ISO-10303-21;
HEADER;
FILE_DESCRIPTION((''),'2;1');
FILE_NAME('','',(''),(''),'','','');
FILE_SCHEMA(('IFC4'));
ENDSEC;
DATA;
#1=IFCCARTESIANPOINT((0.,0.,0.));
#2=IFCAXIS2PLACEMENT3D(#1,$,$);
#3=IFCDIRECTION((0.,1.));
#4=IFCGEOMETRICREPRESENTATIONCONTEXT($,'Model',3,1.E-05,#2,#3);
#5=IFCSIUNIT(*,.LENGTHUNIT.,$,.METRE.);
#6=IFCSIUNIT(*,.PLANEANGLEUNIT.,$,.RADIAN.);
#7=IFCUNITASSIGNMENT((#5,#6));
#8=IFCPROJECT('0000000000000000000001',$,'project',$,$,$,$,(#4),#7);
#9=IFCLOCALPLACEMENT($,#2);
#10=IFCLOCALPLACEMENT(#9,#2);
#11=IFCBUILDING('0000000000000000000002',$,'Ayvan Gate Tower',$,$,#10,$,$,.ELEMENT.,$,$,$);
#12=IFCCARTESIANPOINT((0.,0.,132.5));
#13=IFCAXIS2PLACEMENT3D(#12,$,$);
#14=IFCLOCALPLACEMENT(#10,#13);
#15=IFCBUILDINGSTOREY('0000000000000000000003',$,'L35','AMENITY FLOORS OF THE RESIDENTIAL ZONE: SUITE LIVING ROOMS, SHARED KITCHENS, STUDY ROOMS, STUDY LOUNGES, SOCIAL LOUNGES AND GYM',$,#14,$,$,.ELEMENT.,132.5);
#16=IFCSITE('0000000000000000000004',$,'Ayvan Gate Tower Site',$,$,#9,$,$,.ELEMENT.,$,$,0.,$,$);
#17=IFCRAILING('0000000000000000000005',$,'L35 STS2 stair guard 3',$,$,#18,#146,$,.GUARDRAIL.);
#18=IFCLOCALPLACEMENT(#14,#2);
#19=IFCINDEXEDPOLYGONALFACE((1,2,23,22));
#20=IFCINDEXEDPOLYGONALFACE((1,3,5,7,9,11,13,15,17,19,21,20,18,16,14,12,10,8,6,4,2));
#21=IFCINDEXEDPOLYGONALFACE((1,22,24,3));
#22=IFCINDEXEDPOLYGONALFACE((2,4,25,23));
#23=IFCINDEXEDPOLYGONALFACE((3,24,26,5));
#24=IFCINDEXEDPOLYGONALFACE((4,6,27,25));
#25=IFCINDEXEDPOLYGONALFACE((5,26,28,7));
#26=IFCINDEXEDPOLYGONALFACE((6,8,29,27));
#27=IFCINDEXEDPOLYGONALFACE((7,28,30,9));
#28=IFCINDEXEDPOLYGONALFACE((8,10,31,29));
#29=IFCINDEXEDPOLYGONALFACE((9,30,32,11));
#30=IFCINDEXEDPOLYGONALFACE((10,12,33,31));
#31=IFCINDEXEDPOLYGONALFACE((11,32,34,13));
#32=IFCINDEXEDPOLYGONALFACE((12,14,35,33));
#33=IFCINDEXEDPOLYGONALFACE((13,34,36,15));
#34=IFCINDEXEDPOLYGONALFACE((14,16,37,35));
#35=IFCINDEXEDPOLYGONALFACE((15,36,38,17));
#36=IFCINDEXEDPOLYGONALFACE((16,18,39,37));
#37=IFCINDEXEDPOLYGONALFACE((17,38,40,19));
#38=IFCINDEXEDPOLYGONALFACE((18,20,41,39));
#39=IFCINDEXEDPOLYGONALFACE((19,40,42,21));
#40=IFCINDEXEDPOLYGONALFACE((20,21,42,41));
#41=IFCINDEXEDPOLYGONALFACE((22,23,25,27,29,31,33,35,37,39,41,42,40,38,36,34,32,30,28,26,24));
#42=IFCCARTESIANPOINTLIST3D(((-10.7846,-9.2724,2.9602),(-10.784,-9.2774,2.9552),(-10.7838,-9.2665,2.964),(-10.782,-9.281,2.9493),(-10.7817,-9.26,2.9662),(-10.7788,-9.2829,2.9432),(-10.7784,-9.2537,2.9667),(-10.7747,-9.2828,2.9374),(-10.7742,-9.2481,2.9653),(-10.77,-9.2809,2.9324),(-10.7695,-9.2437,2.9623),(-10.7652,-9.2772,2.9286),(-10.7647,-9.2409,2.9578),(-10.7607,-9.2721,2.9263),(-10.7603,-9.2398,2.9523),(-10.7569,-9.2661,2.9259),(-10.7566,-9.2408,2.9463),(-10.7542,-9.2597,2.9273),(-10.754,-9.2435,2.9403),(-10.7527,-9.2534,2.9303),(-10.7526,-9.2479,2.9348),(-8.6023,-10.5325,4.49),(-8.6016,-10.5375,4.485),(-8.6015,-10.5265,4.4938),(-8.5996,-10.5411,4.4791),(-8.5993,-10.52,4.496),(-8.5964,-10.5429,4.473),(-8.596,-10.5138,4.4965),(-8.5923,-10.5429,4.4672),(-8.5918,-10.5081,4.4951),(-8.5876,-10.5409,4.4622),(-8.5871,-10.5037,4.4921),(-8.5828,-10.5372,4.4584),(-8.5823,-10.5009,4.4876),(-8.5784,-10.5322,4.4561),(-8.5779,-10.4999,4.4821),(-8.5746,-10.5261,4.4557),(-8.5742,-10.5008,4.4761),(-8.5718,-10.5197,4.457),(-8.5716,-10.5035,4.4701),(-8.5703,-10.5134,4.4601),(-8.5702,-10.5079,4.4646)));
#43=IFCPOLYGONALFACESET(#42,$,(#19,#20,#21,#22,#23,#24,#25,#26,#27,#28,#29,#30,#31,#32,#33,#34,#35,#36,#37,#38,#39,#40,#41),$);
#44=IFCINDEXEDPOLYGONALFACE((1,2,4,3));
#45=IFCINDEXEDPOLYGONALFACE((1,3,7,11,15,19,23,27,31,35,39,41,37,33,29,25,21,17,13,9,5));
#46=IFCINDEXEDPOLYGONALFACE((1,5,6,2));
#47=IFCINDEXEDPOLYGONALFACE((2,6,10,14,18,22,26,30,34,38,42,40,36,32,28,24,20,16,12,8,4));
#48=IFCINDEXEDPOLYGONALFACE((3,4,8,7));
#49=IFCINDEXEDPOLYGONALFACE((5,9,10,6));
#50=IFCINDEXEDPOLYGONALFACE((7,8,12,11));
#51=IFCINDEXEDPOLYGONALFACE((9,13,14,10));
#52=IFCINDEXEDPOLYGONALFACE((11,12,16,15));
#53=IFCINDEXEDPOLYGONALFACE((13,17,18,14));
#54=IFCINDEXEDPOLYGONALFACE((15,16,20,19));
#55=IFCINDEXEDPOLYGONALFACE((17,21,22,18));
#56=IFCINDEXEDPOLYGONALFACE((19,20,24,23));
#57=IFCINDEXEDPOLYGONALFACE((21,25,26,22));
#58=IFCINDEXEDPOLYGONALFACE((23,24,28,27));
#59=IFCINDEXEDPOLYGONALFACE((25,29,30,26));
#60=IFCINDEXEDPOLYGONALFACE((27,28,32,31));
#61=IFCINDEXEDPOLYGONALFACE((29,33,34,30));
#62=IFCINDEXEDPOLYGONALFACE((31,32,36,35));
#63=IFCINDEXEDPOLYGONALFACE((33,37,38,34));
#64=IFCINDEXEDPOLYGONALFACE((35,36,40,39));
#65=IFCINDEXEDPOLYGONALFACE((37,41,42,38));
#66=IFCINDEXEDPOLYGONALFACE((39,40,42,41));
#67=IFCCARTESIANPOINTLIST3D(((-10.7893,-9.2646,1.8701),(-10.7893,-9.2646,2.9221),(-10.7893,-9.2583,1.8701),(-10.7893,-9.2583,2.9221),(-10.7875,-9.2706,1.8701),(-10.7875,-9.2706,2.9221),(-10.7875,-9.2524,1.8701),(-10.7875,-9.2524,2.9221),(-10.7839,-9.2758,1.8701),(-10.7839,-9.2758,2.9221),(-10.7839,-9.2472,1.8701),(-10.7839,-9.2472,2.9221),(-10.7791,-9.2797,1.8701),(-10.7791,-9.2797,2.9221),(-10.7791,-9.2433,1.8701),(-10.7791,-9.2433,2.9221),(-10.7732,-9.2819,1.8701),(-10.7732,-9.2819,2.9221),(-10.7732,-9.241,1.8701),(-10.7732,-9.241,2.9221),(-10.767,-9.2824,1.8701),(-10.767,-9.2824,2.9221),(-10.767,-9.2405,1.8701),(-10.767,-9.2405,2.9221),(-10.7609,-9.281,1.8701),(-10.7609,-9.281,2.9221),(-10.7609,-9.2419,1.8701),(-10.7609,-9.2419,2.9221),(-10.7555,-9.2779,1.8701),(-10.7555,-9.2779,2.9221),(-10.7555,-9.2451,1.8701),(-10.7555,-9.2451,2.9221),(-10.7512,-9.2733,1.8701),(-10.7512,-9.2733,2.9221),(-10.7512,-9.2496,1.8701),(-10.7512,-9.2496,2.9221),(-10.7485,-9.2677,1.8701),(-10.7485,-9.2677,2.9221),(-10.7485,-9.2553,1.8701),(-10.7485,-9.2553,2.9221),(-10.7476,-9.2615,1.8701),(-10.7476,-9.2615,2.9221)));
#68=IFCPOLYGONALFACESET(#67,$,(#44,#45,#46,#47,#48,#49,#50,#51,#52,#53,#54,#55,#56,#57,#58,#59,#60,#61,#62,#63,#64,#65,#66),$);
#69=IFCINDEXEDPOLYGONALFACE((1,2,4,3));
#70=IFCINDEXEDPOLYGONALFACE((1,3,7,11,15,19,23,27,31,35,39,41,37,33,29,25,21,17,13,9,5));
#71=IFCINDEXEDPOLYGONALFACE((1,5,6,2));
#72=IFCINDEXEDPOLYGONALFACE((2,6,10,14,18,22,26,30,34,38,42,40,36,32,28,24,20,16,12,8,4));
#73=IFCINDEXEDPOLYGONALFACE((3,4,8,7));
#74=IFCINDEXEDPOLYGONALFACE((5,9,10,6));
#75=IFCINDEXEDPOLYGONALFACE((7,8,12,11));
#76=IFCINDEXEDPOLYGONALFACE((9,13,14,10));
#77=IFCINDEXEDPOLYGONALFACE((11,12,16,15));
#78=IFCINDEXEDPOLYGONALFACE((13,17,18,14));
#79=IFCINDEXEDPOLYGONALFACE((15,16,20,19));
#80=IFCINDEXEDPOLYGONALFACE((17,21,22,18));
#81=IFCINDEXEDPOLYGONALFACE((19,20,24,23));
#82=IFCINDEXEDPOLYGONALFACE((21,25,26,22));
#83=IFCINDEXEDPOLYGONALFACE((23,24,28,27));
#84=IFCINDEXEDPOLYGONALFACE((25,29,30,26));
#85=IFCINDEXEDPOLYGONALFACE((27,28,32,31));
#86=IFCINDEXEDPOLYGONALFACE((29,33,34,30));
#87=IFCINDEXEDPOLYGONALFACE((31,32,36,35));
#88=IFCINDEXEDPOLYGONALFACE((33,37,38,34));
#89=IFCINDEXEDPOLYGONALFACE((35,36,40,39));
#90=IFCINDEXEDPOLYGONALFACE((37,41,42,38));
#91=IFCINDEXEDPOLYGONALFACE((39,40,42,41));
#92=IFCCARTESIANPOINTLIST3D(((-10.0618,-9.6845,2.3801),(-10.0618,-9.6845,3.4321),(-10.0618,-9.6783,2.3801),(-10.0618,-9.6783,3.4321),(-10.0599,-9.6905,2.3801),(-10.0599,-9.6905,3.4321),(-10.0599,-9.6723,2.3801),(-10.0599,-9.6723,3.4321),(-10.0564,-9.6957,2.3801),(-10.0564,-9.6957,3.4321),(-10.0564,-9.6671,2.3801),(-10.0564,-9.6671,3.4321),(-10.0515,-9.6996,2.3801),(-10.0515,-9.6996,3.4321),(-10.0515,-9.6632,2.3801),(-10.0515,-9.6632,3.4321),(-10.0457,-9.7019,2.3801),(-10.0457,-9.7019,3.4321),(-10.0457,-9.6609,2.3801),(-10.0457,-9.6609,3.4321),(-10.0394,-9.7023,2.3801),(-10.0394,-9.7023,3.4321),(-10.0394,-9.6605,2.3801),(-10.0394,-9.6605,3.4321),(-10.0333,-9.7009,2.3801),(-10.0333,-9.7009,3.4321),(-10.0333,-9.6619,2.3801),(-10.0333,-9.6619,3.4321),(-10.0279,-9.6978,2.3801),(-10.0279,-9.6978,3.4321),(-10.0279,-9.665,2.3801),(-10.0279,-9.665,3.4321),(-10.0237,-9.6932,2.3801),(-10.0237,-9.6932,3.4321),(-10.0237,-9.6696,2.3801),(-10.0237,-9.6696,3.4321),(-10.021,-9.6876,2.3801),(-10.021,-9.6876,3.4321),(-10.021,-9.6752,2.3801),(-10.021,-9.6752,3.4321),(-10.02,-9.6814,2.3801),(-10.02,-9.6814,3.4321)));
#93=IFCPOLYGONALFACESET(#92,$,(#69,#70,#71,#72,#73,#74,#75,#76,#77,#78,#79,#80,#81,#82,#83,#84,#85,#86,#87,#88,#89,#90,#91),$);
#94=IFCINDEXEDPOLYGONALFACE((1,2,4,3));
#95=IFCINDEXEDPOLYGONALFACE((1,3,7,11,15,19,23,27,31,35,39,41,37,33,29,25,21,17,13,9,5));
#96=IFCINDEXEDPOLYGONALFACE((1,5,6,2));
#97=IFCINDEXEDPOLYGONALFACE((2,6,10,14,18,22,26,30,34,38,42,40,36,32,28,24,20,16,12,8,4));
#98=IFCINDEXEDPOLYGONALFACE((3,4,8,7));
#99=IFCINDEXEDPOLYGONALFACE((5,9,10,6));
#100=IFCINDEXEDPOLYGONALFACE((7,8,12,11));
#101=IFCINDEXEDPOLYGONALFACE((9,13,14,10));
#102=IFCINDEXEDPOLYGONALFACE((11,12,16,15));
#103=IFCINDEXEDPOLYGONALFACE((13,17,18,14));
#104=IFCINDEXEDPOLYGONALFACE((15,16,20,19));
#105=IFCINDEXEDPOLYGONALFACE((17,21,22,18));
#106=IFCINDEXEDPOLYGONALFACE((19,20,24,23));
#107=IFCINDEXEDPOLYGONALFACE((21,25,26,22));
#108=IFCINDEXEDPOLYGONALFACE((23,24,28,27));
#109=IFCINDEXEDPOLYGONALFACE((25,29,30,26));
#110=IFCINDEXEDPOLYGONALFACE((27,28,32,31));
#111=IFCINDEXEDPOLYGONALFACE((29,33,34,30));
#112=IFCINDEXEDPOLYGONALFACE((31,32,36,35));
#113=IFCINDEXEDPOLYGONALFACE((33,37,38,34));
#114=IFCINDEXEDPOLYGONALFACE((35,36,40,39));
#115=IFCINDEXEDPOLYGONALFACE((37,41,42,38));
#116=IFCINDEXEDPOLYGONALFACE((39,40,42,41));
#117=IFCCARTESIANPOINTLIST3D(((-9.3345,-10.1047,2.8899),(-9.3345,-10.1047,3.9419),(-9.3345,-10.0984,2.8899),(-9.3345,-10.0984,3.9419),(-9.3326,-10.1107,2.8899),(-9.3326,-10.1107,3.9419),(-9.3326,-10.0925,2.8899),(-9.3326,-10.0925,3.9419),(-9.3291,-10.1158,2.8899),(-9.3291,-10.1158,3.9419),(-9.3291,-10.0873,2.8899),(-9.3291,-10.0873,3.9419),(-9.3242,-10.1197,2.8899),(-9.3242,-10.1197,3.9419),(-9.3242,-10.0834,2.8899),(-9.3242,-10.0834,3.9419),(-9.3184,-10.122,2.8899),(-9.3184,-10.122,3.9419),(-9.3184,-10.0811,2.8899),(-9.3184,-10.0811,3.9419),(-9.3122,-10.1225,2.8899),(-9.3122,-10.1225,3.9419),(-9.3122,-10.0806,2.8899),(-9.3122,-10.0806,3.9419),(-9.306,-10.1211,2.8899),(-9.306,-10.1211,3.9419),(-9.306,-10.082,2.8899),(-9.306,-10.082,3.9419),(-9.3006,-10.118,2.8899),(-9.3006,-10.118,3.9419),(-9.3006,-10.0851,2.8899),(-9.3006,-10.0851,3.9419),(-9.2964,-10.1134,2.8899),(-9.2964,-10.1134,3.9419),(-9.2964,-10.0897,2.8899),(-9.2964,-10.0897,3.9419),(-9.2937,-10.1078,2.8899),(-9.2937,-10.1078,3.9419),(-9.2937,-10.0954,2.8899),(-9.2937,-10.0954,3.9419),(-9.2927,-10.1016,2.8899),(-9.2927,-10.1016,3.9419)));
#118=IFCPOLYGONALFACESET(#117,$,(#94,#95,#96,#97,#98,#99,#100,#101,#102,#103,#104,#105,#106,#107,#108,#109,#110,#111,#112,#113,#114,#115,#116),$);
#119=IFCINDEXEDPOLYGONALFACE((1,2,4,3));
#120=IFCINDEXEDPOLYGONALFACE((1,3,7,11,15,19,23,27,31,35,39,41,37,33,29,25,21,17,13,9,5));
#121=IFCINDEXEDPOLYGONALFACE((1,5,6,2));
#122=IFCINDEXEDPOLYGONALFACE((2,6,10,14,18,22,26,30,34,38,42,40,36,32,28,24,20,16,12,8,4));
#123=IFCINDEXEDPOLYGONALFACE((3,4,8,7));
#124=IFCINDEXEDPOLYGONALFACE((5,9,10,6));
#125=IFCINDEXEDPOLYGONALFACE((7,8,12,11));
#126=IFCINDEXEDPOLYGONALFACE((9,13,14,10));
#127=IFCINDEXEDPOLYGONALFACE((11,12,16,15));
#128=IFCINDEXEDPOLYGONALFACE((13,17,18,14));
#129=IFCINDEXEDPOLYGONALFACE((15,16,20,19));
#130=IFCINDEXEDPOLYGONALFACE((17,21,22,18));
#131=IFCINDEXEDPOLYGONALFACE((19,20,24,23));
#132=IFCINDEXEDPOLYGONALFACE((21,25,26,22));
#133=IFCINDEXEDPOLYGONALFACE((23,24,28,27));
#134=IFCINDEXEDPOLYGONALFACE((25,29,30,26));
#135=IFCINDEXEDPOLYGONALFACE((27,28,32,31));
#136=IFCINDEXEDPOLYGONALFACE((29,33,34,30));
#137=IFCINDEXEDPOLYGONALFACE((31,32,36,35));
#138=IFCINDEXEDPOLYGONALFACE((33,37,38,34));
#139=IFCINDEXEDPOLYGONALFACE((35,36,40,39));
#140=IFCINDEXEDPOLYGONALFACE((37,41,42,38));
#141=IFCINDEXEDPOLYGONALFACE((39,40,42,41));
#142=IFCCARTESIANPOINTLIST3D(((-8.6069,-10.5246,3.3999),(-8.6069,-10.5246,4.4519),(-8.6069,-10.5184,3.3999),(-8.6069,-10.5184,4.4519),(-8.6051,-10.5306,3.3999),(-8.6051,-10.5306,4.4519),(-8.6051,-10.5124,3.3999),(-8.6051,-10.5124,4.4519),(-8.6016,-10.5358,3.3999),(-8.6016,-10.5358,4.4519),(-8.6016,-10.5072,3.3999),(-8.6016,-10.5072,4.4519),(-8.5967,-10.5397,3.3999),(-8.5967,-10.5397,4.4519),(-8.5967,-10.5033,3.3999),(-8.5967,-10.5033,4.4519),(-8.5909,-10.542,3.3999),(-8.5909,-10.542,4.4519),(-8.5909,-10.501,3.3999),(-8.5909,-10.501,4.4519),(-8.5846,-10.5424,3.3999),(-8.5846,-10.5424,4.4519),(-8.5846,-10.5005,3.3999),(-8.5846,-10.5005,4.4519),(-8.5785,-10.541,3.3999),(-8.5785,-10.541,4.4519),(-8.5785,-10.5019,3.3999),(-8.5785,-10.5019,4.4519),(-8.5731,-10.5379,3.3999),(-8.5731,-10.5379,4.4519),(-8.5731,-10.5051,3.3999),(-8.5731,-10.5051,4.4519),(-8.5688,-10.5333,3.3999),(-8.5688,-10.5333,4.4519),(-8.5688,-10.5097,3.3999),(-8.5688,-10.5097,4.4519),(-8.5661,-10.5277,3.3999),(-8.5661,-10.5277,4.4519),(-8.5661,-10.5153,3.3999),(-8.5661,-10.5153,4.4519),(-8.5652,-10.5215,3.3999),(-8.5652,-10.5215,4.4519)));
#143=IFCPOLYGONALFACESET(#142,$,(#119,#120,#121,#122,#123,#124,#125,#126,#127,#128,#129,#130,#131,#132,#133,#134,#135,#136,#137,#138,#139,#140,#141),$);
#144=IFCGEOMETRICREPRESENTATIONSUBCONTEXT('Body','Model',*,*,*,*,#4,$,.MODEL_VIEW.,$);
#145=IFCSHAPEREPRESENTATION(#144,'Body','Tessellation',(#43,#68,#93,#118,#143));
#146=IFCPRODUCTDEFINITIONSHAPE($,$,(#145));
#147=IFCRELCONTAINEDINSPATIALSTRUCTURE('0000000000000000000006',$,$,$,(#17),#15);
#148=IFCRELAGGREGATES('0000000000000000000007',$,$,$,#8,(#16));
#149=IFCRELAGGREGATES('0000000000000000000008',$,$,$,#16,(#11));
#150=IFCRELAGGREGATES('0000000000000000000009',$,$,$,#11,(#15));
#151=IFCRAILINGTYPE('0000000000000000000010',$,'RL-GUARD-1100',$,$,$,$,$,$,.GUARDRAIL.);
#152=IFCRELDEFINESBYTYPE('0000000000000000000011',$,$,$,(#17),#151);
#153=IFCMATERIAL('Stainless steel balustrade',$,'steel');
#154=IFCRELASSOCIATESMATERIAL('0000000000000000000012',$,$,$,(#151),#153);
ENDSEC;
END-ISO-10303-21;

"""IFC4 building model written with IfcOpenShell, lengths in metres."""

from ifc_helpers import new_model, si_unit, direction, frame, origin, origin_2d, place, context, subcontext, project, spatial, circle, extrude, material, type_object, element, save


model = new_model("IFC4")

# Units and contexts
model_context = context("Model", 3, precision=1e-05, world=origin(), true_north=direction((0.0, 1.0)))
body_context = subcontext(model_context, "Body", "Model", "MODEL_VIEW")
ifc_project = project(units=[si_unit("LENGTHUNIT", "METRE"), si_unit("PLANEANGLEUNIT", "RADIAN")], contexts=[model_context])

# Site, building, storey
site_placement = place(None, origin())
site = spatial("IfcSite", under=ifc_project, at=site_placement, Name="Ayvan Gate Tower Site", CompositionType="ELEMENT", RefElevation=0.0)
building_placement = place(site_placement, origin())
building = spatial("IfcBuilding", under=site, at=building_placement, Name="Ayvan Gate Tower", CompositionType="ELEMENT")
storey_placement = place(building_placement, frame((0.0, 0.0, 132.5)))
storey = spatial("IfcBuildingStorey", under=building, at=storey_placement, Name="L35", Description="AMENITY FLOORS OF THE RESIDENTIAL ZONE: SUITE LIVING ROOMS, SHARED KITCHENS, STUDY ROOMS, STUDY LOUNGES, SOCIAL LOUNGES AND GYM", CompositionType="ELEMENT", Elevation=132.5)

# Railing
ifc_material_1 = material(Name="Stainless steel balustrade", Category="steel")
railing_type_1 = type_object("IfcRailingType", Name="RL-GUARD-1100", PredefinedType="GUARDRAIL", material=ifc_material_1)
railing_1_placement = place(storey_placement, frame((-10.7686, -9.2615, 1.8701)))
element("IfcRailing", 1, at=railing_1_placement, inside=storey, type_object=railing_type_1, Name="L35 STS2 stair guard 3", PredefinedType="GUARDRAIL", context=body_context, shape_type="SweptSolid", body=[
    extrude(circle(Radius=0.0239, at=origin_2d()), frame((0.0, 0.0, 1.0762), z_axis=(0.740293, -0.427414, 0.518926), x_axis=(0.500005, 0.866023, 0.0)), (0.0, 0.0, 1.0), 2.948),
    extrude(circle(Radius=0.021, at=origin_2d()), origin(), (0.0, 0.0, 1.0), 1.052),
    extrude(circle(Radius=0.021, at=origin_2d()), frame((0.7275, -0.4199, 0.51)), (0.0, 0.0, 1.0), 1.052),
    extrude(circle(Radius=0.021, at=origin_2d()), frame((1.4548, -0.8401, 1.0198)), (0.0, 0.0, 1.0), 1.052),
    extrude(circle(Radius=0.021, at=origin_2d()), frame((2.1824, -1.26, 1.5298)), (0.0, 0.0, 1.0), 1.052),
])

save(model, "model.ifc")
